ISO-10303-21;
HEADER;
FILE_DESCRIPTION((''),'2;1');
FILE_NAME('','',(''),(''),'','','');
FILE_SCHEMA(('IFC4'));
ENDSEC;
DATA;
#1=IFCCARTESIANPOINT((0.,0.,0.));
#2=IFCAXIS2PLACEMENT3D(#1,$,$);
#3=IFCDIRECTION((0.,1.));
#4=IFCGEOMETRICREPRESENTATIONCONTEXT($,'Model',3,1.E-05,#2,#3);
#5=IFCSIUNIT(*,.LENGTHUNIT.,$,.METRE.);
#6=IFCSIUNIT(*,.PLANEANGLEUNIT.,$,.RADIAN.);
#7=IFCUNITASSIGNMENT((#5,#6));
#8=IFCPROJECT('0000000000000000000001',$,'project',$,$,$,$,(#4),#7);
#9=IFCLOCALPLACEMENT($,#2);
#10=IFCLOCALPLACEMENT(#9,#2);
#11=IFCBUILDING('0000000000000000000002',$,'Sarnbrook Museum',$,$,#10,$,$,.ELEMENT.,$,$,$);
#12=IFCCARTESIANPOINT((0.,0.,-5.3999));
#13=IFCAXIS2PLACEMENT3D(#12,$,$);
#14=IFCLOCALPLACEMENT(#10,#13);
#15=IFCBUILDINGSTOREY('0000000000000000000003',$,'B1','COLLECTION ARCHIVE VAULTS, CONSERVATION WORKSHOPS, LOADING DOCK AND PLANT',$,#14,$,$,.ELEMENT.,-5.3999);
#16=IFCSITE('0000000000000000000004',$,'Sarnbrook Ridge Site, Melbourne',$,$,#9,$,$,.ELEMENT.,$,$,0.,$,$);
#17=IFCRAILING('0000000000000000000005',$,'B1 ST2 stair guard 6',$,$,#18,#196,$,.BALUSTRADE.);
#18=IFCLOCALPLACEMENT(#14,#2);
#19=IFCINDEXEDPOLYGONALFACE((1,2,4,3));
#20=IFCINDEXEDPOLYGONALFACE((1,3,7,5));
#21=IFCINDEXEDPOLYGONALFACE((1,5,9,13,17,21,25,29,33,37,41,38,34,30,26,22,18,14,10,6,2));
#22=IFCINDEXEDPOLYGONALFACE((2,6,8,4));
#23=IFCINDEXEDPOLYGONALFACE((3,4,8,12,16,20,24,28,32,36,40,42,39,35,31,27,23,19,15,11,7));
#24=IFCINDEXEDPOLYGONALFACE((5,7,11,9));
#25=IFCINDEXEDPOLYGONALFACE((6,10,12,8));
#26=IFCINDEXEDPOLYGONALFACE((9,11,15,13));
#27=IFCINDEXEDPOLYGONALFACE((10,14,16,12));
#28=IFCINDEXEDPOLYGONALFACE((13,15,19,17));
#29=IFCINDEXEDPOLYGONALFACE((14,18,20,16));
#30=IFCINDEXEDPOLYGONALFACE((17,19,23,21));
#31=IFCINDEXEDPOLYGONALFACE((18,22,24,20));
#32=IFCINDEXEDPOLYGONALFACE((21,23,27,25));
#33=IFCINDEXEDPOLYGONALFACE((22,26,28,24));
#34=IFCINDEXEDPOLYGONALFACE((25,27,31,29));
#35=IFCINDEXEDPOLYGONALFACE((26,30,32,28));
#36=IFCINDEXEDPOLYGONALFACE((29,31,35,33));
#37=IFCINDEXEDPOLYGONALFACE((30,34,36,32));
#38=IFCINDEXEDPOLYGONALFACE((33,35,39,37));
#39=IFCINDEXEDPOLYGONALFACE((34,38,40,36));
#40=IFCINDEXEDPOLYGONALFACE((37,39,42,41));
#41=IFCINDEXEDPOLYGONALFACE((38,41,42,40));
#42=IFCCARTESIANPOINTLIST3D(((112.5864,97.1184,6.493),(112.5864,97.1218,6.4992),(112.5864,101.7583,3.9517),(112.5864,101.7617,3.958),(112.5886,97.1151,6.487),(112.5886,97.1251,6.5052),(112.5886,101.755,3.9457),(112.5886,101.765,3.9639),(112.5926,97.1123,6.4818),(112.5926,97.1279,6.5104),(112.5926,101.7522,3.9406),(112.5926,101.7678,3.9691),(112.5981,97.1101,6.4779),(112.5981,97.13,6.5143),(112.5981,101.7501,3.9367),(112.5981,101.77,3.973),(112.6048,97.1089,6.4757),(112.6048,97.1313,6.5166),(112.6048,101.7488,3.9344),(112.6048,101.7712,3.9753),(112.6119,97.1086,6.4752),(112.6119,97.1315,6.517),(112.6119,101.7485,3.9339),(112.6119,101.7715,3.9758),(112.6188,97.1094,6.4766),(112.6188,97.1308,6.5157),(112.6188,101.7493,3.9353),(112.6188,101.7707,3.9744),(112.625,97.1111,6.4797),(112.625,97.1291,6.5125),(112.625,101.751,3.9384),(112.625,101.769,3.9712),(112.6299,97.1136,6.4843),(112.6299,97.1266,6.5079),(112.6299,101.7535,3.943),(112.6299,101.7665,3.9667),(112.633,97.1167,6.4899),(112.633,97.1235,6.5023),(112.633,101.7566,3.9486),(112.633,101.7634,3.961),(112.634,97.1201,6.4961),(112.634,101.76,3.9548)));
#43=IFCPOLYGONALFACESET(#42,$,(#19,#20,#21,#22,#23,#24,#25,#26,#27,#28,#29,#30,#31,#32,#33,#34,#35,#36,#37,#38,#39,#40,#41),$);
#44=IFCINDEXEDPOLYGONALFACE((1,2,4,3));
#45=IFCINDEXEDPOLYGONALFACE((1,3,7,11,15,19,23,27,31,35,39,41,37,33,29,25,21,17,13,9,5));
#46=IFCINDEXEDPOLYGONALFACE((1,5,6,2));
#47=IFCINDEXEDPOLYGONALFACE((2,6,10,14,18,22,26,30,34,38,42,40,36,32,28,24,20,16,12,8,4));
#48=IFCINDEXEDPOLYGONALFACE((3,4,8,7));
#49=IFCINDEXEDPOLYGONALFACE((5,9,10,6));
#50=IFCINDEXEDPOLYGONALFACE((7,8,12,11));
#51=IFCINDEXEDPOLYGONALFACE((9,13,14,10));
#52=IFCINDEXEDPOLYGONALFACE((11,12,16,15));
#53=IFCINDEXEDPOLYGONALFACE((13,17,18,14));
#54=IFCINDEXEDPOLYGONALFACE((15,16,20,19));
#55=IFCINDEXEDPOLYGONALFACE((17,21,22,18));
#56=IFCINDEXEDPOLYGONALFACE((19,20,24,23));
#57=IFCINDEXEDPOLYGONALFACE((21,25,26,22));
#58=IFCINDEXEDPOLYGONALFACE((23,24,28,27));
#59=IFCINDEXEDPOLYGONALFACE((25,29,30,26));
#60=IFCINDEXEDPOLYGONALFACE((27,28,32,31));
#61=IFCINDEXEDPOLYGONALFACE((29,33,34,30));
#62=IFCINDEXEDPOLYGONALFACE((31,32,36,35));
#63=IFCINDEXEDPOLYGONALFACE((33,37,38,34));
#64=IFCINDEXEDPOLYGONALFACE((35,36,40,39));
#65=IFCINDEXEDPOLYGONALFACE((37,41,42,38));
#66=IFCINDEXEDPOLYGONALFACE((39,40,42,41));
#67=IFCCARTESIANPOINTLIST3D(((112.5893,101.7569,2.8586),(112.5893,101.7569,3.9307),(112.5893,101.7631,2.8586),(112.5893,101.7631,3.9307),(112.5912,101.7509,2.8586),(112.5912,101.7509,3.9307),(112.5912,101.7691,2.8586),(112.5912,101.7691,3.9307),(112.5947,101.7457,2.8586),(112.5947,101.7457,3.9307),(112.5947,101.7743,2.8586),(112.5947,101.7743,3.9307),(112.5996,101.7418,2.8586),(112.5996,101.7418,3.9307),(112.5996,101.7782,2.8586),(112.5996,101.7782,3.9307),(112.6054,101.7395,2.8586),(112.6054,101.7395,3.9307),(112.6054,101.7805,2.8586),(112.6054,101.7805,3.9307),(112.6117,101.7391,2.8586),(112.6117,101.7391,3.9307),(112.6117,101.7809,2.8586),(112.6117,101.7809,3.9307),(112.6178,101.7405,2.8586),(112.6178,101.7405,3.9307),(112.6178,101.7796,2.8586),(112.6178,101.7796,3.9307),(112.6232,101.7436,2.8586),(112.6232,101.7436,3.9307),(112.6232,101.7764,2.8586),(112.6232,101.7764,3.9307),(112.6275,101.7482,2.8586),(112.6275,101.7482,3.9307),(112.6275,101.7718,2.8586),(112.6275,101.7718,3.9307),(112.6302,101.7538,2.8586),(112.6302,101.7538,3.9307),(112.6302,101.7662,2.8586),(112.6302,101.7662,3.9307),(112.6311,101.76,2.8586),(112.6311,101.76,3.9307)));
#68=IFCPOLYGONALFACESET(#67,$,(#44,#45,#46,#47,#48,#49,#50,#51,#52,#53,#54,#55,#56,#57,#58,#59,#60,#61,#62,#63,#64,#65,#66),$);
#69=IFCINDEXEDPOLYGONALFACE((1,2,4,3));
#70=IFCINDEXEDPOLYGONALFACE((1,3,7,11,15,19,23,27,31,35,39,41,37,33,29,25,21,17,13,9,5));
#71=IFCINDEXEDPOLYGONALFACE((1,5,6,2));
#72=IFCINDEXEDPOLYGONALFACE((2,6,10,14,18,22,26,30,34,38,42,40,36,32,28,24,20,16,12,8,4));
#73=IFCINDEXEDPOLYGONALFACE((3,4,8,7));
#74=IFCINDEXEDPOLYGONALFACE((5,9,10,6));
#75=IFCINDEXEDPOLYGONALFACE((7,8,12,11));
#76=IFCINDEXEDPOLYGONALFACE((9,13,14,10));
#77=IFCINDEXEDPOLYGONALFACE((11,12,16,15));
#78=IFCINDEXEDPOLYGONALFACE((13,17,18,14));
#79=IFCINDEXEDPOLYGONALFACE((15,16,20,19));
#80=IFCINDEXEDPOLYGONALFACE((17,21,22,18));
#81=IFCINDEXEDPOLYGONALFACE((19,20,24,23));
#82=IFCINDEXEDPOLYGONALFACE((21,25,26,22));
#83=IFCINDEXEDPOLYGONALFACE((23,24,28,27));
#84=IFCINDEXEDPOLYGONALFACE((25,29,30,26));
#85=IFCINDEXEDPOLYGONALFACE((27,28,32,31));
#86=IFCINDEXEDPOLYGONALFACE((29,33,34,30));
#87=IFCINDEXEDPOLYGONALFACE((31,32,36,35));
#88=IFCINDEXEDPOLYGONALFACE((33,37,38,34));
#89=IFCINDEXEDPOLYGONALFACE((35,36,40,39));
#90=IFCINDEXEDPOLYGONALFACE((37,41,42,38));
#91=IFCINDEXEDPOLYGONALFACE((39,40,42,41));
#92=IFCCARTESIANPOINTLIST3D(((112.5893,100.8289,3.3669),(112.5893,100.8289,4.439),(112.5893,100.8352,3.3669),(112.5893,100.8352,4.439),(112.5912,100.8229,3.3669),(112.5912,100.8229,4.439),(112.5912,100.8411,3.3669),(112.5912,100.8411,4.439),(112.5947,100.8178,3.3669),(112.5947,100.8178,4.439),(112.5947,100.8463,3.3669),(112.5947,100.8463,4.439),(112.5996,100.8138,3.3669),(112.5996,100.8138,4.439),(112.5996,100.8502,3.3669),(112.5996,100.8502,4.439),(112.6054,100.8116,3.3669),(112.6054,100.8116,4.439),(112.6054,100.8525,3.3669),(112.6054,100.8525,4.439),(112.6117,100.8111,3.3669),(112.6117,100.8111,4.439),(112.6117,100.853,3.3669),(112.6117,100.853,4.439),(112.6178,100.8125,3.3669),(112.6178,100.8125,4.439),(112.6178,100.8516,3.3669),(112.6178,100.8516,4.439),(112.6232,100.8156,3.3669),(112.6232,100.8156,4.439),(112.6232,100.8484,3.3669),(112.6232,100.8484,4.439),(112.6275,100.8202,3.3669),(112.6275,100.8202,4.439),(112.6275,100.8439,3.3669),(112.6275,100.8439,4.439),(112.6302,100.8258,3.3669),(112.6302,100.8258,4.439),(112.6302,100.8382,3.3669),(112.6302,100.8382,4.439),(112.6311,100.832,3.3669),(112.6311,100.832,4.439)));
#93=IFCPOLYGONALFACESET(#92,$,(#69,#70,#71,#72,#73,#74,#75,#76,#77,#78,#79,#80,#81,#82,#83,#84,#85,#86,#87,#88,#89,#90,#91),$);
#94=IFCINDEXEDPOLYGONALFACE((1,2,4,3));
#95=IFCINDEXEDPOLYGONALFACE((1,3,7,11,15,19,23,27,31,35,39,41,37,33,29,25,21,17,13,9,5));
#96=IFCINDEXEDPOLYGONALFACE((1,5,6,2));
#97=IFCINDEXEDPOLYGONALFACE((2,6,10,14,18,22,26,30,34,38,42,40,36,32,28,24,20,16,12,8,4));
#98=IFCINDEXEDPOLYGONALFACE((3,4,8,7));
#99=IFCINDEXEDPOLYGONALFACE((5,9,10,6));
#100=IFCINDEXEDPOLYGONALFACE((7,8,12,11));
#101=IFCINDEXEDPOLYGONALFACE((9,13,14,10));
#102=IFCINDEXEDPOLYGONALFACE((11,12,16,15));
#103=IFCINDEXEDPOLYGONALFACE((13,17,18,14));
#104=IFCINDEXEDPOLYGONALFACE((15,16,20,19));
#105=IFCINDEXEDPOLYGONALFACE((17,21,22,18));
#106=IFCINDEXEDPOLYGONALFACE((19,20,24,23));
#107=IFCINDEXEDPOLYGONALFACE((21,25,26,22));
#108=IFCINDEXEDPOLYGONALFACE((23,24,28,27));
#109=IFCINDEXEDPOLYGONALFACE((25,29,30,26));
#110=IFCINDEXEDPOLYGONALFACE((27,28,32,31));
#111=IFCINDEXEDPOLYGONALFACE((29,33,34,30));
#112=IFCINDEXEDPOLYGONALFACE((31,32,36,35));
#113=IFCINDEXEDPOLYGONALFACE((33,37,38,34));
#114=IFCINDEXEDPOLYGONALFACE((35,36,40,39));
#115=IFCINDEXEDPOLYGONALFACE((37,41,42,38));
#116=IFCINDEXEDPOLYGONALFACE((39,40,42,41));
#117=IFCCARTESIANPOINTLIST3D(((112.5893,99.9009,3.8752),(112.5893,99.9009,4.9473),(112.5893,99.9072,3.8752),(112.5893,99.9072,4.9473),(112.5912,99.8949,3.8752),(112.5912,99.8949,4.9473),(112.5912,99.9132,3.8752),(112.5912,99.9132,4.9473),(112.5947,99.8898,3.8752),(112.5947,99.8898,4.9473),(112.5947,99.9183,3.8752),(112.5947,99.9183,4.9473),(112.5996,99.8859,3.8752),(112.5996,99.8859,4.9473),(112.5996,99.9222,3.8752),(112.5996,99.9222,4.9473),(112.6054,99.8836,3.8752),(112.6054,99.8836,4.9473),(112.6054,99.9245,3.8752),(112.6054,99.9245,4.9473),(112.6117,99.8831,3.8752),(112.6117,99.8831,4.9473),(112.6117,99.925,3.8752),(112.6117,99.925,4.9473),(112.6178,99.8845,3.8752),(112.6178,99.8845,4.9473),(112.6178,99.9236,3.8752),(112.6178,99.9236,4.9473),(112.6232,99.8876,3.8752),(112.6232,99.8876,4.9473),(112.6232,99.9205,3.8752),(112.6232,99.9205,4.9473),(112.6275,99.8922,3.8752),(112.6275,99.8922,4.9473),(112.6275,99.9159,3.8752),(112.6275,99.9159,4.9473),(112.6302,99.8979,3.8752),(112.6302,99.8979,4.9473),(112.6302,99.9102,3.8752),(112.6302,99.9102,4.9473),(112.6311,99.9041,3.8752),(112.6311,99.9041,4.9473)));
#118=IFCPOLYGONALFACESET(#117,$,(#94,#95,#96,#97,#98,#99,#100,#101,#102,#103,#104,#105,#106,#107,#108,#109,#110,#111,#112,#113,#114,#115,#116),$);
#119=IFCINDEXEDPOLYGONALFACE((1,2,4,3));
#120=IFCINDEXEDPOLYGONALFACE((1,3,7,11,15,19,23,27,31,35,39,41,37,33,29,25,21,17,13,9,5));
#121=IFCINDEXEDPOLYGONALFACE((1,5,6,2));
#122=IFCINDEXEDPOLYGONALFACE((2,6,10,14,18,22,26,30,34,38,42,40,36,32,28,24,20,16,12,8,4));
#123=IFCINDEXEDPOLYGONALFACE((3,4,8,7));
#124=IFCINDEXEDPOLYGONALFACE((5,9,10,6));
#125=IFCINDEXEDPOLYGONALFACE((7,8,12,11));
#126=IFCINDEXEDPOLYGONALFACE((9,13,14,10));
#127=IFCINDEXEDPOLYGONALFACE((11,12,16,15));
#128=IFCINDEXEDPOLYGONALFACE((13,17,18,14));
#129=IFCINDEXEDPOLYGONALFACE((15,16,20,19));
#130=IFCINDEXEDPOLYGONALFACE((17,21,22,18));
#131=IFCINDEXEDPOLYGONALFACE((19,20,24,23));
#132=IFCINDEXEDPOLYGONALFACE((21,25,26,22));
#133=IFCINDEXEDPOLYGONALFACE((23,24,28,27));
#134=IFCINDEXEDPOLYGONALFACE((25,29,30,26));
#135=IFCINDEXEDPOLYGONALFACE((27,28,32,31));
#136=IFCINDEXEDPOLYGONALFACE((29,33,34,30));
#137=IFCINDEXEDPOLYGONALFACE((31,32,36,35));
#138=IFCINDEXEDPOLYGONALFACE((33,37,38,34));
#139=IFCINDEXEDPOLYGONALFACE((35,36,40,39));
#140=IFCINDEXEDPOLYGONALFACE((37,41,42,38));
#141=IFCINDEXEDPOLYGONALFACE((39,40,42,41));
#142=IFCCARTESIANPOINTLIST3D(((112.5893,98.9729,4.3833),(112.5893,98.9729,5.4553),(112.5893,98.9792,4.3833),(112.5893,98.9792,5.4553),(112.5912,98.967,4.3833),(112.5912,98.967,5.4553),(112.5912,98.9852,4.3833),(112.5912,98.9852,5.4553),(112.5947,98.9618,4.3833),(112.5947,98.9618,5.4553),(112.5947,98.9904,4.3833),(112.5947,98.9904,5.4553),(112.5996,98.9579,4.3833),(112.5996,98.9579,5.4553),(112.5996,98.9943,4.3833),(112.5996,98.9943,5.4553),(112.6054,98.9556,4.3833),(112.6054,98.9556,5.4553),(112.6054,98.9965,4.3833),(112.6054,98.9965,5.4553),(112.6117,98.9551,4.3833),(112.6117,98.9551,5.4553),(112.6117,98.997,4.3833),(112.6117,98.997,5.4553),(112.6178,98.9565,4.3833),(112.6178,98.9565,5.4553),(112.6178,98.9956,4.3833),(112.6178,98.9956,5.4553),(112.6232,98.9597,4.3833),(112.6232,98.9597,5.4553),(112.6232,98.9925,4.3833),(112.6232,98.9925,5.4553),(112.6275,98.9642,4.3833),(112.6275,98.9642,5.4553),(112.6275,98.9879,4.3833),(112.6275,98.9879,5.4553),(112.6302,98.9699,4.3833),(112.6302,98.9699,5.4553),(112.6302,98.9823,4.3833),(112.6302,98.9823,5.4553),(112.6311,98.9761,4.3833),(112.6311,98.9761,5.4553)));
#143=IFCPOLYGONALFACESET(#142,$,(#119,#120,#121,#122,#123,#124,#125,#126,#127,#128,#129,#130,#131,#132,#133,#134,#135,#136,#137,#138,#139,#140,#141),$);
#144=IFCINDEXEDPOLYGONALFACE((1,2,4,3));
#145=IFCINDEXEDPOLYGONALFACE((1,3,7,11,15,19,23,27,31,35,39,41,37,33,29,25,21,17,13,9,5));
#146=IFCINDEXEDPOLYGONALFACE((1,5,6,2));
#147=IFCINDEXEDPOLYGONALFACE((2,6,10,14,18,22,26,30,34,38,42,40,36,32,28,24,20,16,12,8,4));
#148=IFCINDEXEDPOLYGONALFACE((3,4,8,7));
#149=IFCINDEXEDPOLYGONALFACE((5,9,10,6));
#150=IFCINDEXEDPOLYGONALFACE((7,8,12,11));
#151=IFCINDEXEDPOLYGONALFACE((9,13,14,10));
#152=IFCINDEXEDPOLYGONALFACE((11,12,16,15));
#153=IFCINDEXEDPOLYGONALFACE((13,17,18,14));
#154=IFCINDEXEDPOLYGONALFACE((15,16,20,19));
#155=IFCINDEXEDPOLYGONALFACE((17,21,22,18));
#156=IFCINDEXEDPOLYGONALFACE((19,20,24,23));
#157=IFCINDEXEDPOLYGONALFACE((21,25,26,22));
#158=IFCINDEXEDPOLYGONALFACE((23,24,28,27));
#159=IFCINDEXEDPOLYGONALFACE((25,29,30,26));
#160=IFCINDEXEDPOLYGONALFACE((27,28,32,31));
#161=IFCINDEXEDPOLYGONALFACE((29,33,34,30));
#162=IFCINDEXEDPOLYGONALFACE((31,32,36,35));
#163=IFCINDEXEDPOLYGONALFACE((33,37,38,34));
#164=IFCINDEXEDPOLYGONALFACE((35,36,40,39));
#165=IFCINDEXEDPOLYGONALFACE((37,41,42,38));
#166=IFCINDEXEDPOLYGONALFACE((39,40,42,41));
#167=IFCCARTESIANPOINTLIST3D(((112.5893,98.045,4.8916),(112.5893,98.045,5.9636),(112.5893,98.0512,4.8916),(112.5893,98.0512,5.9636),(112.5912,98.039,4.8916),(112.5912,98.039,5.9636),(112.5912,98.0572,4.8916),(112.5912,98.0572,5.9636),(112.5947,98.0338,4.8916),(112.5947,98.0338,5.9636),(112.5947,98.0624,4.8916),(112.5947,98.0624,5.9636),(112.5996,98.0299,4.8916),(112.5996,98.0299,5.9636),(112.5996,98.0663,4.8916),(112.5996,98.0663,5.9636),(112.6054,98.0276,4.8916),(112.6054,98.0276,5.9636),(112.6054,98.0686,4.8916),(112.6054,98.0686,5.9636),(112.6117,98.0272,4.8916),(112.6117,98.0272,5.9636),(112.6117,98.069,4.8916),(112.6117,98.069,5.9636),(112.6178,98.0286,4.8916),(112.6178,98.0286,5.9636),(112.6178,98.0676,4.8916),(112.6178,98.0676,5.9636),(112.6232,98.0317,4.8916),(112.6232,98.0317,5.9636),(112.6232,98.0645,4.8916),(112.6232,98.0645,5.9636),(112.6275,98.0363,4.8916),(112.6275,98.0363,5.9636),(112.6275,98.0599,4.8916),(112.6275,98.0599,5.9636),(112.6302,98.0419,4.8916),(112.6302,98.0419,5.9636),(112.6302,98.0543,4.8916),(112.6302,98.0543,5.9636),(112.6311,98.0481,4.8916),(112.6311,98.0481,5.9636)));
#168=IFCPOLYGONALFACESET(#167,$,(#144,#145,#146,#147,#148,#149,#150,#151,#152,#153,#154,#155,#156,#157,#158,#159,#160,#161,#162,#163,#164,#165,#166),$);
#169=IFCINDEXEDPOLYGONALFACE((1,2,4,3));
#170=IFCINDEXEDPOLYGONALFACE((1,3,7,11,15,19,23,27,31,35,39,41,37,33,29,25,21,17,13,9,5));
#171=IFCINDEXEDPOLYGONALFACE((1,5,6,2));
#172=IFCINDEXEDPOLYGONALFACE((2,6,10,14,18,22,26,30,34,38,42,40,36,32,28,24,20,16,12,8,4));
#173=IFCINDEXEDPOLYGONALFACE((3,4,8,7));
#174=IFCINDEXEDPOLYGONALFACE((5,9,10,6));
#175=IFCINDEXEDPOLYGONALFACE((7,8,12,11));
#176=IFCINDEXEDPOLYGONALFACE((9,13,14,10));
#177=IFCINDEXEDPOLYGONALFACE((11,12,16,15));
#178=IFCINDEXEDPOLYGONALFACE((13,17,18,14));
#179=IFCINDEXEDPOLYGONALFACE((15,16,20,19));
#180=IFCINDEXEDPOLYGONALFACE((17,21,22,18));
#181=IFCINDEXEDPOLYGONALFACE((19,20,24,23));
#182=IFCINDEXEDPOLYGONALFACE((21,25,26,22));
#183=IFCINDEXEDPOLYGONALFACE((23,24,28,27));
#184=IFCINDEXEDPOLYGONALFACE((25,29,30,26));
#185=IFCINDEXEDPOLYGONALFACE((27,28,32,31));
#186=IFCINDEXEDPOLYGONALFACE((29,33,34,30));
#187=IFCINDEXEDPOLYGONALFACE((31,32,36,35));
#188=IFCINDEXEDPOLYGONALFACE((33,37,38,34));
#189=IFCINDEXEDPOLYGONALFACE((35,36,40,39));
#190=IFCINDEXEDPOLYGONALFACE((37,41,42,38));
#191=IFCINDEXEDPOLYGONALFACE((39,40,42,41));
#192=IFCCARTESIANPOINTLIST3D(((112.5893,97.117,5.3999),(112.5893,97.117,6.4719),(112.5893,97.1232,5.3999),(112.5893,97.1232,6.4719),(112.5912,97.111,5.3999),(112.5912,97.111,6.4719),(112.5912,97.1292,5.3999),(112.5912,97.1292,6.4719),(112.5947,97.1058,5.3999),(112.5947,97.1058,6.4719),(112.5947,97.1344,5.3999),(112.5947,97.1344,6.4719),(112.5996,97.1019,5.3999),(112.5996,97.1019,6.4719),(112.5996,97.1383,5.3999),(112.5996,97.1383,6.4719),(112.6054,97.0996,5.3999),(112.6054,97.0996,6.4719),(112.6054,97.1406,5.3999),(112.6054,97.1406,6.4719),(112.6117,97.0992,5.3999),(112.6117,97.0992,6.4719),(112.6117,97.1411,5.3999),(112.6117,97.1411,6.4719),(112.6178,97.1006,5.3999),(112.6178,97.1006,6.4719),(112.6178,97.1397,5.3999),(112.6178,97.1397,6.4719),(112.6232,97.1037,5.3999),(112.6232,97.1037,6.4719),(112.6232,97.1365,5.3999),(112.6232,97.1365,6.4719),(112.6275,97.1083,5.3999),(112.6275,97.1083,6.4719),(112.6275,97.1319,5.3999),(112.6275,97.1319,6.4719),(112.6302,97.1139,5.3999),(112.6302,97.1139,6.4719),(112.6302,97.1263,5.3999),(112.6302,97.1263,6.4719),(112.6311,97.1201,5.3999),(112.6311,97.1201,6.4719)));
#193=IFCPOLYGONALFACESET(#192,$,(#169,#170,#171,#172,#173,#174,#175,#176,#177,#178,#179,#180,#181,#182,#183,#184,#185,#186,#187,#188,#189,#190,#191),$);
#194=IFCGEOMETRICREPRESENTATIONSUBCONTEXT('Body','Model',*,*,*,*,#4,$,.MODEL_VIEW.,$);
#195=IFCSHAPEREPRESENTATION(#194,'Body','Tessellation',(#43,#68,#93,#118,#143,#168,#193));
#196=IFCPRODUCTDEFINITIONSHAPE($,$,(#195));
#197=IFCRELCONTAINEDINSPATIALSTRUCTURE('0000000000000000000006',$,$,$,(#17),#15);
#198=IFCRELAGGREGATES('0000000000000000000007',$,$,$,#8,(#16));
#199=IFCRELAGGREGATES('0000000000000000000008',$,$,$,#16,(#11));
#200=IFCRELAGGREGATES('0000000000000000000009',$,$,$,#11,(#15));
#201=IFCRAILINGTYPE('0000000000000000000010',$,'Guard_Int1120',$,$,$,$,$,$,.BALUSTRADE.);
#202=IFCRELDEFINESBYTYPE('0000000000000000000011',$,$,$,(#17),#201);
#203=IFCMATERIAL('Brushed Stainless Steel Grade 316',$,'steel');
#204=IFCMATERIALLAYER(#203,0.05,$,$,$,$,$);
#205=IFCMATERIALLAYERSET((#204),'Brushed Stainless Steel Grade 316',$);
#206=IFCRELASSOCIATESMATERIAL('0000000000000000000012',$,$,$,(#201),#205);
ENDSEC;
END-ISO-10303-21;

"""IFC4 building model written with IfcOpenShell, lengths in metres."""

from ifc_helpers import new_model, si_unit, direction, frame, origin, origin_2d, place, context, subcontext, project, spatial, circle, extrude, material, layer, layer_set, type_object, element, save


model = new_model("IFC4")

# Units and contexts
model_context = context("Model", 3, precision=1e-05, world=origin(), true_north=direction((0.0, 1.0)))
body_context = subcontext(model_context, "Body", "Model", "MODEL_VIEW")
ifc_project = project(units=[si_unit("LENGTHUNIT", "METRE"), si_unit("PLANEANGLEUNIT", "RADIAN")], contexts=[model_context])

# Site, building, storey
site_placement = place(None, origin())
site = spatial("IfcSite", under=ifc_project, at=site_placement, Name="Sarnbrook Ridge Site, Melbourne", CompositionType="ELEMENT", RefElevation=0.0)
building_placement = place(site_placement, origin())
building = spatial("IfcBuilding", under=site, at=building_placement, Name="Sarnbrook Museum", CompositionType="ELEMENT")
storey_placement = place(building_placement, frame((0.0, 0.0, -5.3999)))
storey = spatial("IfcBuildingStorey", under=building, at=storey_placement, Name="B1", Description="COLLECTION ARCHIVE VAULTS, CONSERVATION WORKSHOPS, LOADING DOCK AND PLANT", CompositionType="ELEMENT", Elevation=-5.3999)

# Railing
ifc_material_1 = material(Name="Brushed Stainless Steel Grade 316", Category="steel")
ifc_layer_1 = layer(ifc_material_1, 0.05)
ifc_layer_set_1 = layer_set([ifc_layer_1], Name="Brushed Stainless Steel Grade 316")
railing_type_1 = type_object("IfcRailingType", Name="Guard_Int1120", PredefinedType="BALUSTRADE", material=ifc_layer_set_1)
railing_1_placement = place(storey_placement, frame((112.6101, 101.76, 2.8586)))
element("IfcRailing", 1, at=railing_1_placement, inside=storey, type_object=railing_type_1, Name="B1 ST2 stair guard 6", PredefinedType="BALUSTRADE", context=body_context, shape_type="SweptSolid", body=[
    extrude(circle(Radius=0.0239, at=origin_2d()), frame((0.0, 0.0, 1.0962), z_axis=(0.0, -0.877067, 0.480368), x_axis=(1.0, 0.0, 0.0)), (0.0, 0.0, 1.0), 5.2903),
    extrude(circle(Radius=0.021, at=origin_2d()), origin(), (0.0, 0.0, 1.0), 1.072),
    extrude(circle(Radius=0.021, at=origin_2d()), frame((0.0, -0.928, 0.5083)), (0.0, 0.0, 1.0), 1.072),
    extrude(circle(Radius=0.021, at=origin_2d()), frame((0.0, -1.856, 1.0166)), (0.0, 0.0, 1.0), 1.072),
    extrude(circle(Radius=0.021, at=origin_2d()), frame((0.0, -2.7839, 1.5247)), (0.0, 0.0, 1.0), 1.072),
    extrude(circle(Radius=0.021, at=origin_2d()), frame((0.0, -3.7119, 2.033)), (0.0, 0.0, 1.0), 1.072),
    extrude(circle(Radius=0.021, at=origin_2d()), frame((0.0, -4.6399, 2.5413)), (0.0, 0.0, 1.0), 1.072),
])

save(model, "model.ifc")
